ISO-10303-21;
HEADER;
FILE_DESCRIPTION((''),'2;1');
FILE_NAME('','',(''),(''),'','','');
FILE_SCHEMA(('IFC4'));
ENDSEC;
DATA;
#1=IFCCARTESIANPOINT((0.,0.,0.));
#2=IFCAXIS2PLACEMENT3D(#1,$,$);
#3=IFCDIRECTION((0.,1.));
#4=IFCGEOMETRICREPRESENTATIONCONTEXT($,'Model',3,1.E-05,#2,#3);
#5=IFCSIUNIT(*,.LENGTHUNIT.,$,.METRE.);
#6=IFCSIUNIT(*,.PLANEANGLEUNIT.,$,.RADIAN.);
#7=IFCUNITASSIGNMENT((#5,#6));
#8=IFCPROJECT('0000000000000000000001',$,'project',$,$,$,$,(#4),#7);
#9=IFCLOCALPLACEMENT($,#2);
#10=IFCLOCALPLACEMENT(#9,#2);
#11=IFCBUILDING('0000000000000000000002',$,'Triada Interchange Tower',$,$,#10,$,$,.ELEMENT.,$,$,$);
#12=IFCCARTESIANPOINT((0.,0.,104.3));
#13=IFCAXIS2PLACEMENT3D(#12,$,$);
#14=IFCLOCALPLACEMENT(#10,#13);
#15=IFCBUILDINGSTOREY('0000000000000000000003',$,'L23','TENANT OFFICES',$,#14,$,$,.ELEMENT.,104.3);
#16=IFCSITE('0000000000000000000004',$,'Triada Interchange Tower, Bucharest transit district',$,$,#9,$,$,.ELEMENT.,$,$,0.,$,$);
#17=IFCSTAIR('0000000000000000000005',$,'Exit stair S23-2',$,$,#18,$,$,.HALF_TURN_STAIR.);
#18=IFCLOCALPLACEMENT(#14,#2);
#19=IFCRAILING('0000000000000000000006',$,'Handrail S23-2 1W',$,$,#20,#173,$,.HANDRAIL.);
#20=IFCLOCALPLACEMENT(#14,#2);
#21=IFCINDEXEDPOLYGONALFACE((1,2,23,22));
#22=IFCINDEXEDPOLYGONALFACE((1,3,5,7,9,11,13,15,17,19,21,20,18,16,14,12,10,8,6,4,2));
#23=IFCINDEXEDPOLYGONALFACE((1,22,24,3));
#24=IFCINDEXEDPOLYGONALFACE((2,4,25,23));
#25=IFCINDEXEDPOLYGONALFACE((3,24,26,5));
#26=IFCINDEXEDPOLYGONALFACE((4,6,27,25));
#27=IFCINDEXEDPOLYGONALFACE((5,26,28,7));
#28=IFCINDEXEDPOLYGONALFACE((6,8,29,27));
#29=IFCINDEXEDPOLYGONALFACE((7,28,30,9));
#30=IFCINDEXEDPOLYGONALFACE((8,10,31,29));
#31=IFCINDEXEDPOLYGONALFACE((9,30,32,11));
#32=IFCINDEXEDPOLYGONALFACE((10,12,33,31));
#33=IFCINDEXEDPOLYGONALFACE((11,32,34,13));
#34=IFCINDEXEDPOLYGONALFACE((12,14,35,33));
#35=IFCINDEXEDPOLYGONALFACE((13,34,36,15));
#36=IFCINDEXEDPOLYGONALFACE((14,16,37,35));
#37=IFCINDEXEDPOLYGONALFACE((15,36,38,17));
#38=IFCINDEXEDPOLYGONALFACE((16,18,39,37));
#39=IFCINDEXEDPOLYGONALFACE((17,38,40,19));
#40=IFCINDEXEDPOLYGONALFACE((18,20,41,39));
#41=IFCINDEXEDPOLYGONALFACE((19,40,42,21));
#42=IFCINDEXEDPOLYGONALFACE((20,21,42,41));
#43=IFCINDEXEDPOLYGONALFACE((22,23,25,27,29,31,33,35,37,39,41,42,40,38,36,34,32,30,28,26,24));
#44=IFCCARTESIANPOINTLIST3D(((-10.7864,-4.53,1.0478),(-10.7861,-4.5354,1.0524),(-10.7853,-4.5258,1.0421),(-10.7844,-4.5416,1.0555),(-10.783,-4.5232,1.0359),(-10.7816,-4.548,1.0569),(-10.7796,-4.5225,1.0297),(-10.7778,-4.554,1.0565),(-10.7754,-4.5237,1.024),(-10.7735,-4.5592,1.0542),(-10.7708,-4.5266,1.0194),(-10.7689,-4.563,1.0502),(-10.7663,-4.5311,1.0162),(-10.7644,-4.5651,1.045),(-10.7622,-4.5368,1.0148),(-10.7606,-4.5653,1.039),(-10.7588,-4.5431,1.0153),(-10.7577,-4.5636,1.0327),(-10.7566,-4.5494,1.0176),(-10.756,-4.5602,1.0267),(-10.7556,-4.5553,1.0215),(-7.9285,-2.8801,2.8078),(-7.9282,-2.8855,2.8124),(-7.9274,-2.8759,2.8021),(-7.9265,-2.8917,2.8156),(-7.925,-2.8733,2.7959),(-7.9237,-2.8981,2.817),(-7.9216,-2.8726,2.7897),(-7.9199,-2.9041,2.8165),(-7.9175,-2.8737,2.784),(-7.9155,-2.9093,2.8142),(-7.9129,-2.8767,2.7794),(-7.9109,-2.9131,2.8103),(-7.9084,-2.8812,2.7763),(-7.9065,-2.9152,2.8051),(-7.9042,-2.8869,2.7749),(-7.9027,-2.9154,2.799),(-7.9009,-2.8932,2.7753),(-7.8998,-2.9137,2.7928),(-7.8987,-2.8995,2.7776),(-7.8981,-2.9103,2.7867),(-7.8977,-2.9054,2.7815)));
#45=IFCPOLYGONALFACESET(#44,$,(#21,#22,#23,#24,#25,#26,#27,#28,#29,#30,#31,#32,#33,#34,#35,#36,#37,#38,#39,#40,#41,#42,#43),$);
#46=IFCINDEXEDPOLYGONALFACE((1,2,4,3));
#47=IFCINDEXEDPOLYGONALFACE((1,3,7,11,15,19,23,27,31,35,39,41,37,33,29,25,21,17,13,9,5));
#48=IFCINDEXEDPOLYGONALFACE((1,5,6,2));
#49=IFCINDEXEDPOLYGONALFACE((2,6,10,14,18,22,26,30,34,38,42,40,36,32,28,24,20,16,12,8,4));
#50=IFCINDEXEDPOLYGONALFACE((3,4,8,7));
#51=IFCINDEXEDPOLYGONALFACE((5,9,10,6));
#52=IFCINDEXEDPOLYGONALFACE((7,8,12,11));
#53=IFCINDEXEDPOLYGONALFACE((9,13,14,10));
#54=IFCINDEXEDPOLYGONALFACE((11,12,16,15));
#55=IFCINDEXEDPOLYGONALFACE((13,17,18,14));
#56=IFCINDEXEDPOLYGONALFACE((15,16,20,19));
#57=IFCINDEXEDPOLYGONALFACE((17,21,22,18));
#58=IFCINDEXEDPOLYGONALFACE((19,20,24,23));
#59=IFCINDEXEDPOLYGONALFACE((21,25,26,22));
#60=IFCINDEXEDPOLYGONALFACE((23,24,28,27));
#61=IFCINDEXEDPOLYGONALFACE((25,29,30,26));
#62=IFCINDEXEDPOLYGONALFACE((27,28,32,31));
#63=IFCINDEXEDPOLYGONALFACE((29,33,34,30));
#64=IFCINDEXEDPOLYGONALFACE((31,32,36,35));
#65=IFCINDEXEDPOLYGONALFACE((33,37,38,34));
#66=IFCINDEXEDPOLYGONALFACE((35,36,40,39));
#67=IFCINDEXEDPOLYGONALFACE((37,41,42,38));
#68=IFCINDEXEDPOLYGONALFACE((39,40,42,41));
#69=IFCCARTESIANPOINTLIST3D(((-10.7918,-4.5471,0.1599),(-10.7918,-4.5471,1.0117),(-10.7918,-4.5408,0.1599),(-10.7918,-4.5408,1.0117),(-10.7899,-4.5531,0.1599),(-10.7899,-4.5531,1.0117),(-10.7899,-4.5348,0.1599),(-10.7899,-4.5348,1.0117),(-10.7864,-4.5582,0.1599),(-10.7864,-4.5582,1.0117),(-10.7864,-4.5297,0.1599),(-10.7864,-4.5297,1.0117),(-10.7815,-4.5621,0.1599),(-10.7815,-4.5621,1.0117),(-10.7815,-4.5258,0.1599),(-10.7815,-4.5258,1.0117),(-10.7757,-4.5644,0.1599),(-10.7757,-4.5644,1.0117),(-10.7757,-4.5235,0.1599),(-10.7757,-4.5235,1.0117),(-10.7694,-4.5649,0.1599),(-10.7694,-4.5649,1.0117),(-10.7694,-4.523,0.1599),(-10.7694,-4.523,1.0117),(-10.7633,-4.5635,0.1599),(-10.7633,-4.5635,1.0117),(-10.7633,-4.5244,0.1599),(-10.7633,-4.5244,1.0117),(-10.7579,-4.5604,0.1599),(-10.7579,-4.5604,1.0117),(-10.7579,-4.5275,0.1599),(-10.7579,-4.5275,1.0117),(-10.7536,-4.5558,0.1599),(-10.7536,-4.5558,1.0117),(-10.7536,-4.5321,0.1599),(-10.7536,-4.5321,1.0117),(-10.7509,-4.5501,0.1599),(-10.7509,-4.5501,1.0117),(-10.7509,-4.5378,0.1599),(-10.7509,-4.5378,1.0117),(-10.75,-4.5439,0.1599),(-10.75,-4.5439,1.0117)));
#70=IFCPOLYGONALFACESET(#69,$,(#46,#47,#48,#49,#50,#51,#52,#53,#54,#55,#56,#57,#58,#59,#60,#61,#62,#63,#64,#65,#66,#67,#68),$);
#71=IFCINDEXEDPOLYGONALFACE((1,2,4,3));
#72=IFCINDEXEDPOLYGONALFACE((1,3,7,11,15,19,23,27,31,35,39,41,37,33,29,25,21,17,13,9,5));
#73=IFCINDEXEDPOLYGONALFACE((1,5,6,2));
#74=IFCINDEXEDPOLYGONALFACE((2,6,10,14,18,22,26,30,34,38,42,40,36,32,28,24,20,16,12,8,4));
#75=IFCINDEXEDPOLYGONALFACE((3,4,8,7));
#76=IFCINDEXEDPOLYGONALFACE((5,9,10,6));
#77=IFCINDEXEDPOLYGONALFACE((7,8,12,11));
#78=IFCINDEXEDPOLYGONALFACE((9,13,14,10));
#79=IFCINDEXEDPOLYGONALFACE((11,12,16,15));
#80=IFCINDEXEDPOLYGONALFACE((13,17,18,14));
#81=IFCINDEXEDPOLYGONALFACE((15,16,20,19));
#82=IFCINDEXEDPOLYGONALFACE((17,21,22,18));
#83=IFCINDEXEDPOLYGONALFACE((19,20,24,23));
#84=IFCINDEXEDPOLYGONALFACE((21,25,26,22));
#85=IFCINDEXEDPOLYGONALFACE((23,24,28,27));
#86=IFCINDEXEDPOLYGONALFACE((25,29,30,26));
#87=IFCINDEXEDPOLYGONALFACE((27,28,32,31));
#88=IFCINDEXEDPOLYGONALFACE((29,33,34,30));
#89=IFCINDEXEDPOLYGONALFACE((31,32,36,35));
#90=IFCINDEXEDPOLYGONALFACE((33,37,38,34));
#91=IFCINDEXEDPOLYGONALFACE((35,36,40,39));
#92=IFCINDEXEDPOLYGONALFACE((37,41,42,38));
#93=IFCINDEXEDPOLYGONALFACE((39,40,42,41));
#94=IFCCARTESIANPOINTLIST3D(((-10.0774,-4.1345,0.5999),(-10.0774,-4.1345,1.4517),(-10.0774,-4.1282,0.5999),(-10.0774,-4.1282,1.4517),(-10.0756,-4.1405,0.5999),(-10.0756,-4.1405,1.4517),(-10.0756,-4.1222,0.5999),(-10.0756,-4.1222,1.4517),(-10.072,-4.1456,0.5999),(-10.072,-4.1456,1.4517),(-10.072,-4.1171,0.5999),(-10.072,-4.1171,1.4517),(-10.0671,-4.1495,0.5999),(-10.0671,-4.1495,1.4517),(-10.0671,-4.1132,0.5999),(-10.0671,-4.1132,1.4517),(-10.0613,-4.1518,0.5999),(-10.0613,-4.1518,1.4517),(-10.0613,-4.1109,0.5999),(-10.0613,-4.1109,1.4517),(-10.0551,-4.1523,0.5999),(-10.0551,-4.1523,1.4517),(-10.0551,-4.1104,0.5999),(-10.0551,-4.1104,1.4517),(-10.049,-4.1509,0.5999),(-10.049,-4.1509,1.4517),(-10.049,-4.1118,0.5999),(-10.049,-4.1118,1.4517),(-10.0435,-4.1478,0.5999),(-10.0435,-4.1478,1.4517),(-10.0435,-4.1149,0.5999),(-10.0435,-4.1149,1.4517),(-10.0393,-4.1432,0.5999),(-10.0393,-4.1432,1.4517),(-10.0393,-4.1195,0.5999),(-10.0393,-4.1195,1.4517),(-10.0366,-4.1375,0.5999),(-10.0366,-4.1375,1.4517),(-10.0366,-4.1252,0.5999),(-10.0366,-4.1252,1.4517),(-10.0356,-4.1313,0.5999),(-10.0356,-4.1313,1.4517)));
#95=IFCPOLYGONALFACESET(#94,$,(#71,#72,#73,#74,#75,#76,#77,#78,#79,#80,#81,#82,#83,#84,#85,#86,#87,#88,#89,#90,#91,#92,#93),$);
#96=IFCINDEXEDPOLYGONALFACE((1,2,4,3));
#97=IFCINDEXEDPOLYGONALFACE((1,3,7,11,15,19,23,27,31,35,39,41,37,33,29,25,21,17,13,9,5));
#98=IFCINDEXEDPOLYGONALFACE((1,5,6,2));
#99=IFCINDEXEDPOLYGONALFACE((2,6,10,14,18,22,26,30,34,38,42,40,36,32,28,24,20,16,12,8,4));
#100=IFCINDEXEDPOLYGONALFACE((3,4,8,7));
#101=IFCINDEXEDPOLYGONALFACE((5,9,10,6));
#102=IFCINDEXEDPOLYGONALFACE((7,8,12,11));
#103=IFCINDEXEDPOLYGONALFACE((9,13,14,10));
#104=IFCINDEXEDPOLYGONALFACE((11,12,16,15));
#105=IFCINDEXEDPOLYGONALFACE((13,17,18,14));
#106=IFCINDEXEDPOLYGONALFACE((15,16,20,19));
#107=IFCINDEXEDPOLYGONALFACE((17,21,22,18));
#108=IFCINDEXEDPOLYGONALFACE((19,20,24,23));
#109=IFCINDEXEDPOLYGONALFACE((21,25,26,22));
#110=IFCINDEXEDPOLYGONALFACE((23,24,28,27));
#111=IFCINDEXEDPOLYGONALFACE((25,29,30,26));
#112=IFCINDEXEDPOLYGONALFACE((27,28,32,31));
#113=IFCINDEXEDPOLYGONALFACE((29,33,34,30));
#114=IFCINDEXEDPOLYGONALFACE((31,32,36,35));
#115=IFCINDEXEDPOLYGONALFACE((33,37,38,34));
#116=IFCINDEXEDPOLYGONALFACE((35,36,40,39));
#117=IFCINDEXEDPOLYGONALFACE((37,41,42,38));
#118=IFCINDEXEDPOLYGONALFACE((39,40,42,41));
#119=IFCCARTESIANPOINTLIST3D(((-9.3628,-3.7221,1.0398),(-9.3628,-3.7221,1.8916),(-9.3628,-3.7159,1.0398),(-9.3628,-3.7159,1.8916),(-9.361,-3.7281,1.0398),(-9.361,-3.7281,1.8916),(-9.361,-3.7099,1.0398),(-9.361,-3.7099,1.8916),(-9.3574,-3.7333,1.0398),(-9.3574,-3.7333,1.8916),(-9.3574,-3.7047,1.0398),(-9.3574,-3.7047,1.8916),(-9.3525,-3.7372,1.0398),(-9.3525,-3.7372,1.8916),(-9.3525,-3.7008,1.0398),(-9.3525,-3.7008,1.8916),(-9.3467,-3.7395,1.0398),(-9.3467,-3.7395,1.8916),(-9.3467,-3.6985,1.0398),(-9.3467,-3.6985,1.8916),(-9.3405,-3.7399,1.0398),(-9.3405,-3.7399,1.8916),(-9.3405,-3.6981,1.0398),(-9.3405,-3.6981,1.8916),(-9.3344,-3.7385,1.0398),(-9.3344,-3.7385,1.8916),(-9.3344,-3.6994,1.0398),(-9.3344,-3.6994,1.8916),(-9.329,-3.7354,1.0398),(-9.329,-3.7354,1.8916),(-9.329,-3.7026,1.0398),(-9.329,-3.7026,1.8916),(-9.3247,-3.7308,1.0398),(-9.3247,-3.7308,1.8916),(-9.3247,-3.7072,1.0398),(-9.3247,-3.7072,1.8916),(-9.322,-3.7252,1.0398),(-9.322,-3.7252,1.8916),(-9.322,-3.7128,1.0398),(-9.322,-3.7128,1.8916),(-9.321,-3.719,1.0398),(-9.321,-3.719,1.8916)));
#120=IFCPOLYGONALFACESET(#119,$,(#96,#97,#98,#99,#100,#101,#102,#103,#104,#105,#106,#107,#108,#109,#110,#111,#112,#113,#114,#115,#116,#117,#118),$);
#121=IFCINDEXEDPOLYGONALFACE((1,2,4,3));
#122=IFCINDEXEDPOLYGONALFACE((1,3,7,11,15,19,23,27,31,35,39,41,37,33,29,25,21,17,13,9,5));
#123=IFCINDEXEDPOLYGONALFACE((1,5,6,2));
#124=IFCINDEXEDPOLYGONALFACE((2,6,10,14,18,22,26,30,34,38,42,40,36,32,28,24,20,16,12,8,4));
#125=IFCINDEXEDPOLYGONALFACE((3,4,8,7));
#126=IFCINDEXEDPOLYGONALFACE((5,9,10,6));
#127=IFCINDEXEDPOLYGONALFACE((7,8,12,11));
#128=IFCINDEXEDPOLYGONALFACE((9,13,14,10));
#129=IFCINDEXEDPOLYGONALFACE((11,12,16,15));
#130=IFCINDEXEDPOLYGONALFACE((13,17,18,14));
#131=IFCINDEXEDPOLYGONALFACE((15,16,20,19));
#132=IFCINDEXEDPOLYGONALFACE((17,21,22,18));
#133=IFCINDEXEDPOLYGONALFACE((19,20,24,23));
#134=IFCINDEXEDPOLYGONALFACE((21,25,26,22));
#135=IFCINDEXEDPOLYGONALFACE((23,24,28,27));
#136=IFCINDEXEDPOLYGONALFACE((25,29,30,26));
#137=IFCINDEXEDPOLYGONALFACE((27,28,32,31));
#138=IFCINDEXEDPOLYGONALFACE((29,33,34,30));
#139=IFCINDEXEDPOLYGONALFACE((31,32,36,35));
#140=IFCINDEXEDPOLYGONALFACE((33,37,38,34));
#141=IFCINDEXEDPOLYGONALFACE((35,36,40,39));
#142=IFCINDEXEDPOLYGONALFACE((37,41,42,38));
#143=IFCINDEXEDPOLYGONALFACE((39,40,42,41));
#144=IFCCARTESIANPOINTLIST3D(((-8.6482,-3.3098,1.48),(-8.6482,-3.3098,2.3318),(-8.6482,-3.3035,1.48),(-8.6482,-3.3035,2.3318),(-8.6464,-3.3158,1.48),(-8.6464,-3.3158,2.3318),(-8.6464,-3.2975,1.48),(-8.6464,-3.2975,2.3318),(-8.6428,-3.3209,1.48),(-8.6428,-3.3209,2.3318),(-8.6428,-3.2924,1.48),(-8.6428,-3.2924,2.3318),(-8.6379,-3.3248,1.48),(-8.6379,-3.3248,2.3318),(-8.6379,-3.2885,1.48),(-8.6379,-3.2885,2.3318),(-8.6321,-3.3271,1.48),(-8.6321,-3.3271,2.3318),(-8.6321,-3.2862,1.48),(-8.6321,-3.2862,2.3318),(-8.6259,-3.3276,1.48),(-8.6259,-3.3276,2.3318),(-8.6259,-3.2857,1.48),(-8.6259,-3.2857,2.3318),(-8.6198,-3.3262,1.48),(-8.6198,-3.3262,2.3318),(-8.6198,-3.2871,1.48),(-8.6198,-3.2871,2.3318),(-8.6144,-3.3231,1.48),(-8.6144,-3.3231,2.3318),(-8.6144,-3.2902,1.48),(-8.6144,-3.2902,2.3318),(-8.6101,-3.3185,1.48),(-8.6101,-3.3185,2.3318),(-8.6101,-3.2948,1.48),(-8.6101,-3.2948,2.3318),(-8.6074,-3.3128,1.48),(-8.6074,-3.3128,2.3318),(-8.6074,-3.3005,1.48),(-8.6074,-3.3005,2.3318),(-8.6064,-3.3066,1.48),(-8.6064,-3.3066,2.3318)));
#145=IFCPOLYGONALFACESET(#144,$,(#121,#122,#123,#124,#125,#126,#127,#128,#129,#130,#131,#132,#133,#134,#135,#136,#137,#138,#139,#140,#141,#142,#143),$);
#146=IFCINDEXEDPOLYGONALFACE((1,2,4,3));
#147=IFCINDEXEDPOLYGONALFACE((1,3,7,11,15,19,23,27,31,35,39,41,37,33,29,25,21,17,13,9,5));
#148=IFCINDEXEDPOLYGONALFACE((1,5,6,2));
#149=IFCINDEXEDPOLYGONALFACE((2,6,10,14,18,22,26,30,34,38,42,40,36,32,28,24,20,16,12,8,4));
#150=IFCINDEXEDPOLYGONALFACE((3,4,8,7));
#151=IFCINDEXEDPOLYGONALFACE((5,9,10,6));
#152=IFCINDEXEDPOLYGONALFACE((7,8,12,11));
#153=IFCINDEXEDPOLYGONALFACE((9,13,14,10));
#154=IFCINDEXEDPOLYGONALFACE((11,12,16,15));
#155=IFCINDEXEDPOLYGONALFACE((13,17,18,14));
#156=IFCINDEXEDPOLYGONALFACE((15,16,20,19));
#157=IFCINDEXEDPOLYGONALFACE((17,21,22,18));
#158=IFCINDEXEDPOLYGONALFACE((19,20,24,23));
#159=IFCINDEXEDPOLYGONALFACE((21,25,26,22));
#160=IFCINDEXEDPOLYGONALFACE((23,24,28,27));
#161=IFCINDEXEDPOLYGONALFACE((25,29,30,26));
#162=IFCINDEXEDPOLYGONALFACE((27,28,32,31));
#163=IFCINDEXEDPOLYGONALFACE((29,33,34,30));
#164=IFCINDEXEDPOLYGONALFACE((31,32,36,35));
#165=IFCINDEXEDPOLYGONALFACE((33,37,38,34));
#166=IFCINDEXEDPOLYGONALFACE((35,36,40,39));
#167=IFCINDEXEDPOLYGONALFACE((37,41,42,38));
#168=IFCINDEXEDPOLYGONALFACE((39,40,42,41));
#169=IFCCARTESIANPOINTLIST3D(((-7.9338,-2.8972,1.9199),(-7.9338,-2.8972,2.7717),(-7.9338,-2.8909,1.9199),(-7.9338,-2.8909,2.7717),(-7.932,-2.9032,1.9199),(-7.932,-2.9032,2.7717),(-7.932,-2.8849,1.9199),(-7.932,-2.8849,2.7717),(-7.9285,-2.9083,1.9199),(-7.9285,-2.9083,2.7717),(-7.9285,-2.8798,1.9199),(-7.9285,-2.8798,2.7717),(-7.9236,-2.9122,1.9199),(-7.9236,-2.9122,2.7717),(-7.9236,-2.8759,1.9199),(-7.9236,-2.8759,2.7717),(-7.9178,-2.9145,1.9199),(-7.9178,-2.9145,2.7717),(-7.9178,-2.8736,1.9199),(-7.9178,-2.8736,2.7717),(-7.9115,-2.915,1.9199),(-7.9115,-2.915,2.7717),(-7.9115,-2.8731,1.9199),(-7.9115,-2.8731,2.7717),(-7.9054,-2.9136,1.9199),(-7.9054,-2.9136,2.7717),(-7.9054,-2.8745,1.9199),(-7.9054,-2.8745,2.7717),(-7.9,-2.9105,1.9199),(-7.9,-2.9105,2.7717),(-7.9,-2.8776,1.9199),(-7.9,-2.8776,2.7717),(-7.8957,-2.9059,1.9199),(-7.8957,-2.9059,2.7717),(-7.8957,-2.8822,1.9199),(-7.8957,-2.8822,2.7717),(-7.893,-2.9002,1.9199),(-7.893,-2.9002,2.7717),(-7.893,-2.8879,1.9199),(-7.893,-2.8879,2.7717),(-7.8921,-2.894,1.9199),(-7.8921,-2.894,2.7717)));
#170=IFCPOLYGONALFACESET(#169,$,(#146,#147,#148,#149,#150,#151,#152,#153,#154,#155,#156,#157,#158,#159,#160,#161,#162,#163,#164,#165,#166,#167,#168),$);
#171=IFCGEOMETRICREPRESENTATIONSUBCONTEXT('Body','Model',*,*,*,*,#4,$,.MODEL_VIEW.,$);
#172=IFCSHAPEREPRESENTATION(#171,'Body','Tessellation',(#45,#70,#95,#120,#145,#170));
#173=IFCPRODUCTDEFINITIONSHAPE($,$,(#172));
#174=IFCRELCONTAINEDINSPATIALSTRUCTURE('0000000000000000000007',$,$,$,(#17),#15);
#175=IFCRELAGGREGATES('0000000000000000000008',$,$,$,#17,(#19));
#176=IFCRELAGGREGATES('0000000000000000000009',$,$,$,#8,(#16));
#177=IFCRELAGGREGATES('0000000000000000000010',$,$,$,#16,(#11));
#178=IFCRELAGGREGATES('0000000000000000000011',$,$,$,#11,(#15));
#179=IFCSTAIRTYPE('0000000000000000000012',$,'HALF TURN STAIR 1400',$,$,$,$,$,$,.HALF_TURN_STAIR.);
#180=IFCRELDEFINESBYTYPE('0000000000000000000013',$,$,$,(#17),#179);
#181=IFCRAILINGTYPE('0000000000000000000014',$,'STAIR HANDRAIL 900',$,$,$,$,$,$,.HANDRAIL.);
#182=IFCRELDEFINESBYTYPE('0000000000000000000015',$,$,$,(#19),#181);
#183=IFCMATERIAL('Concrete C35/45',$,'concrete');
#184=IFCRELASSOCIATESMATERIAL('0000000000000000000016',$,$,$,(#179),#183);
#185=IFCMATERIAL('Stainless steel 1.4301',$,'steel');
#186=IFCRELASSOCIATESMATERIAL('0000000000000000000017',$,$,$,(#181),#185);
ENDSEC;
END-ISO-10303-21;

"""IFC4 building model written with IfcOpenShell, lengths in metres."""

from ifc_helpers import new_model, si_unit, direction, frame, origin, origin_2d, place, context, subcontext, project, spatial, circle, extrude, material, type_object, element, aggregate, save


model = new_model("IFC4")

# Units and contexts
model_context = context("Model", 3, precision=1e-05, world=origin(), true_north=direction((0.0, 1.0)))
body_context = subcontext(model_context, "Body", "Model", "MODEL_VIEW")
ifc_project = project(units=[si_unit("LENGTHUNIT", "METRE"), si_unit("PLANEANGLEUNIT", "RADIAN")], contexts=[model_context])

# Site, building, storey
site_placement = place(None, origin())
site = spatial("IfcSite", under=ifc_project, at=site_placement, Name="Triada Interchange Tower, Bucharest transit district", CompositionType="ELEMENT", RefElevation=0.0)
building_placement = place(site_placement, origin())
building = spatial("IfcBuilding", under=site, at=building_placement, Name="Triada Interchange Tower", CompositionType="ELEMENT")
storey_placement = place(building_placement, frame((0.0, 0.0, 104.3)))
storey = spatial("IfcBuildingStorey", under=building, at=storey_placement, Name="L23", Description="TENANT OFFICES", CompositionType="ELEMENT", Elevation=104.3)

# Stair, railing
ifc_material_1 = material(Name="Concrete C35/45", Category="concrete")
stair_type = type_object("IfcStairType", Name="HALF TURN STAIR 1400", PredefinedType="HALF_TURN_STAIR", material=ifc_material_1)
stair_placement = place(storey_placement, origin())
stair = element("IfcStair", 1, at=stair_placement, inside=storey, type_object=stair_type, Name="Exit stair S23-2", PredefinedType="HALF_TURN_STAIR")
ifc_material_2 = material(Name="Stainless steel 1.4301", Category="steel")
railing_type = type_object("IfcRailingType", Name="STAIR HANDRAIL 900", PredefinedType="HANDRAIL", material=ifc_material_2)
railing_1_placement = place(storey_placement, frame((-10.771, -4.5439, 0.1599)))
railing_1 = element("IfcRailing", 2, at=railing_1_placement, type_object=railing_type, Name="Handrail S23-2 1W", PredefinedType="HANDRAIL", context=body_context, shape_type="SweptSolid", body=[
    extrude(circle(Radius=0.0239, at=origin_2d()), frame((0.0, 0.0, 0.876), z_axis=(0.764151, 0.441153, 0.470593), x_axis=(-0.499974, 0.86604, 0.0)), (0.0, 0.0, 1.0), 3.74),
    extrude(circle(Radius=0.021, at=origin_2d()), origin(), (0.0, 0.0, 1.0), 0.8518),
    extrude(circle(Radius=0.021, at=origin_2d()), frame((0.7144, 0.4126, 0.4399)), (0.0, 0.0, 1.0), 0.8518),
    extrude(circle(Radius=0.021, at=origin_2d()), frame((1.429, 0.825, 0.8799)), (0.0, 0.0, 1.0), 0.8518),
    extrude(circle(Radius=0.021, at=origin_2d()), frame((2.1436, 1.2373, 1.3201)), (0.0, 0.0, 1.0), 0.8518),
    extrude(circle(Radius=0.021, at=origin_2d()), frame((2.8579, 1.6499, 1.76)), (0.0, 0.0, 1.0), 0.8518),
])
aggregate(stair, [railing_1])

save(model, "model.ifc")
